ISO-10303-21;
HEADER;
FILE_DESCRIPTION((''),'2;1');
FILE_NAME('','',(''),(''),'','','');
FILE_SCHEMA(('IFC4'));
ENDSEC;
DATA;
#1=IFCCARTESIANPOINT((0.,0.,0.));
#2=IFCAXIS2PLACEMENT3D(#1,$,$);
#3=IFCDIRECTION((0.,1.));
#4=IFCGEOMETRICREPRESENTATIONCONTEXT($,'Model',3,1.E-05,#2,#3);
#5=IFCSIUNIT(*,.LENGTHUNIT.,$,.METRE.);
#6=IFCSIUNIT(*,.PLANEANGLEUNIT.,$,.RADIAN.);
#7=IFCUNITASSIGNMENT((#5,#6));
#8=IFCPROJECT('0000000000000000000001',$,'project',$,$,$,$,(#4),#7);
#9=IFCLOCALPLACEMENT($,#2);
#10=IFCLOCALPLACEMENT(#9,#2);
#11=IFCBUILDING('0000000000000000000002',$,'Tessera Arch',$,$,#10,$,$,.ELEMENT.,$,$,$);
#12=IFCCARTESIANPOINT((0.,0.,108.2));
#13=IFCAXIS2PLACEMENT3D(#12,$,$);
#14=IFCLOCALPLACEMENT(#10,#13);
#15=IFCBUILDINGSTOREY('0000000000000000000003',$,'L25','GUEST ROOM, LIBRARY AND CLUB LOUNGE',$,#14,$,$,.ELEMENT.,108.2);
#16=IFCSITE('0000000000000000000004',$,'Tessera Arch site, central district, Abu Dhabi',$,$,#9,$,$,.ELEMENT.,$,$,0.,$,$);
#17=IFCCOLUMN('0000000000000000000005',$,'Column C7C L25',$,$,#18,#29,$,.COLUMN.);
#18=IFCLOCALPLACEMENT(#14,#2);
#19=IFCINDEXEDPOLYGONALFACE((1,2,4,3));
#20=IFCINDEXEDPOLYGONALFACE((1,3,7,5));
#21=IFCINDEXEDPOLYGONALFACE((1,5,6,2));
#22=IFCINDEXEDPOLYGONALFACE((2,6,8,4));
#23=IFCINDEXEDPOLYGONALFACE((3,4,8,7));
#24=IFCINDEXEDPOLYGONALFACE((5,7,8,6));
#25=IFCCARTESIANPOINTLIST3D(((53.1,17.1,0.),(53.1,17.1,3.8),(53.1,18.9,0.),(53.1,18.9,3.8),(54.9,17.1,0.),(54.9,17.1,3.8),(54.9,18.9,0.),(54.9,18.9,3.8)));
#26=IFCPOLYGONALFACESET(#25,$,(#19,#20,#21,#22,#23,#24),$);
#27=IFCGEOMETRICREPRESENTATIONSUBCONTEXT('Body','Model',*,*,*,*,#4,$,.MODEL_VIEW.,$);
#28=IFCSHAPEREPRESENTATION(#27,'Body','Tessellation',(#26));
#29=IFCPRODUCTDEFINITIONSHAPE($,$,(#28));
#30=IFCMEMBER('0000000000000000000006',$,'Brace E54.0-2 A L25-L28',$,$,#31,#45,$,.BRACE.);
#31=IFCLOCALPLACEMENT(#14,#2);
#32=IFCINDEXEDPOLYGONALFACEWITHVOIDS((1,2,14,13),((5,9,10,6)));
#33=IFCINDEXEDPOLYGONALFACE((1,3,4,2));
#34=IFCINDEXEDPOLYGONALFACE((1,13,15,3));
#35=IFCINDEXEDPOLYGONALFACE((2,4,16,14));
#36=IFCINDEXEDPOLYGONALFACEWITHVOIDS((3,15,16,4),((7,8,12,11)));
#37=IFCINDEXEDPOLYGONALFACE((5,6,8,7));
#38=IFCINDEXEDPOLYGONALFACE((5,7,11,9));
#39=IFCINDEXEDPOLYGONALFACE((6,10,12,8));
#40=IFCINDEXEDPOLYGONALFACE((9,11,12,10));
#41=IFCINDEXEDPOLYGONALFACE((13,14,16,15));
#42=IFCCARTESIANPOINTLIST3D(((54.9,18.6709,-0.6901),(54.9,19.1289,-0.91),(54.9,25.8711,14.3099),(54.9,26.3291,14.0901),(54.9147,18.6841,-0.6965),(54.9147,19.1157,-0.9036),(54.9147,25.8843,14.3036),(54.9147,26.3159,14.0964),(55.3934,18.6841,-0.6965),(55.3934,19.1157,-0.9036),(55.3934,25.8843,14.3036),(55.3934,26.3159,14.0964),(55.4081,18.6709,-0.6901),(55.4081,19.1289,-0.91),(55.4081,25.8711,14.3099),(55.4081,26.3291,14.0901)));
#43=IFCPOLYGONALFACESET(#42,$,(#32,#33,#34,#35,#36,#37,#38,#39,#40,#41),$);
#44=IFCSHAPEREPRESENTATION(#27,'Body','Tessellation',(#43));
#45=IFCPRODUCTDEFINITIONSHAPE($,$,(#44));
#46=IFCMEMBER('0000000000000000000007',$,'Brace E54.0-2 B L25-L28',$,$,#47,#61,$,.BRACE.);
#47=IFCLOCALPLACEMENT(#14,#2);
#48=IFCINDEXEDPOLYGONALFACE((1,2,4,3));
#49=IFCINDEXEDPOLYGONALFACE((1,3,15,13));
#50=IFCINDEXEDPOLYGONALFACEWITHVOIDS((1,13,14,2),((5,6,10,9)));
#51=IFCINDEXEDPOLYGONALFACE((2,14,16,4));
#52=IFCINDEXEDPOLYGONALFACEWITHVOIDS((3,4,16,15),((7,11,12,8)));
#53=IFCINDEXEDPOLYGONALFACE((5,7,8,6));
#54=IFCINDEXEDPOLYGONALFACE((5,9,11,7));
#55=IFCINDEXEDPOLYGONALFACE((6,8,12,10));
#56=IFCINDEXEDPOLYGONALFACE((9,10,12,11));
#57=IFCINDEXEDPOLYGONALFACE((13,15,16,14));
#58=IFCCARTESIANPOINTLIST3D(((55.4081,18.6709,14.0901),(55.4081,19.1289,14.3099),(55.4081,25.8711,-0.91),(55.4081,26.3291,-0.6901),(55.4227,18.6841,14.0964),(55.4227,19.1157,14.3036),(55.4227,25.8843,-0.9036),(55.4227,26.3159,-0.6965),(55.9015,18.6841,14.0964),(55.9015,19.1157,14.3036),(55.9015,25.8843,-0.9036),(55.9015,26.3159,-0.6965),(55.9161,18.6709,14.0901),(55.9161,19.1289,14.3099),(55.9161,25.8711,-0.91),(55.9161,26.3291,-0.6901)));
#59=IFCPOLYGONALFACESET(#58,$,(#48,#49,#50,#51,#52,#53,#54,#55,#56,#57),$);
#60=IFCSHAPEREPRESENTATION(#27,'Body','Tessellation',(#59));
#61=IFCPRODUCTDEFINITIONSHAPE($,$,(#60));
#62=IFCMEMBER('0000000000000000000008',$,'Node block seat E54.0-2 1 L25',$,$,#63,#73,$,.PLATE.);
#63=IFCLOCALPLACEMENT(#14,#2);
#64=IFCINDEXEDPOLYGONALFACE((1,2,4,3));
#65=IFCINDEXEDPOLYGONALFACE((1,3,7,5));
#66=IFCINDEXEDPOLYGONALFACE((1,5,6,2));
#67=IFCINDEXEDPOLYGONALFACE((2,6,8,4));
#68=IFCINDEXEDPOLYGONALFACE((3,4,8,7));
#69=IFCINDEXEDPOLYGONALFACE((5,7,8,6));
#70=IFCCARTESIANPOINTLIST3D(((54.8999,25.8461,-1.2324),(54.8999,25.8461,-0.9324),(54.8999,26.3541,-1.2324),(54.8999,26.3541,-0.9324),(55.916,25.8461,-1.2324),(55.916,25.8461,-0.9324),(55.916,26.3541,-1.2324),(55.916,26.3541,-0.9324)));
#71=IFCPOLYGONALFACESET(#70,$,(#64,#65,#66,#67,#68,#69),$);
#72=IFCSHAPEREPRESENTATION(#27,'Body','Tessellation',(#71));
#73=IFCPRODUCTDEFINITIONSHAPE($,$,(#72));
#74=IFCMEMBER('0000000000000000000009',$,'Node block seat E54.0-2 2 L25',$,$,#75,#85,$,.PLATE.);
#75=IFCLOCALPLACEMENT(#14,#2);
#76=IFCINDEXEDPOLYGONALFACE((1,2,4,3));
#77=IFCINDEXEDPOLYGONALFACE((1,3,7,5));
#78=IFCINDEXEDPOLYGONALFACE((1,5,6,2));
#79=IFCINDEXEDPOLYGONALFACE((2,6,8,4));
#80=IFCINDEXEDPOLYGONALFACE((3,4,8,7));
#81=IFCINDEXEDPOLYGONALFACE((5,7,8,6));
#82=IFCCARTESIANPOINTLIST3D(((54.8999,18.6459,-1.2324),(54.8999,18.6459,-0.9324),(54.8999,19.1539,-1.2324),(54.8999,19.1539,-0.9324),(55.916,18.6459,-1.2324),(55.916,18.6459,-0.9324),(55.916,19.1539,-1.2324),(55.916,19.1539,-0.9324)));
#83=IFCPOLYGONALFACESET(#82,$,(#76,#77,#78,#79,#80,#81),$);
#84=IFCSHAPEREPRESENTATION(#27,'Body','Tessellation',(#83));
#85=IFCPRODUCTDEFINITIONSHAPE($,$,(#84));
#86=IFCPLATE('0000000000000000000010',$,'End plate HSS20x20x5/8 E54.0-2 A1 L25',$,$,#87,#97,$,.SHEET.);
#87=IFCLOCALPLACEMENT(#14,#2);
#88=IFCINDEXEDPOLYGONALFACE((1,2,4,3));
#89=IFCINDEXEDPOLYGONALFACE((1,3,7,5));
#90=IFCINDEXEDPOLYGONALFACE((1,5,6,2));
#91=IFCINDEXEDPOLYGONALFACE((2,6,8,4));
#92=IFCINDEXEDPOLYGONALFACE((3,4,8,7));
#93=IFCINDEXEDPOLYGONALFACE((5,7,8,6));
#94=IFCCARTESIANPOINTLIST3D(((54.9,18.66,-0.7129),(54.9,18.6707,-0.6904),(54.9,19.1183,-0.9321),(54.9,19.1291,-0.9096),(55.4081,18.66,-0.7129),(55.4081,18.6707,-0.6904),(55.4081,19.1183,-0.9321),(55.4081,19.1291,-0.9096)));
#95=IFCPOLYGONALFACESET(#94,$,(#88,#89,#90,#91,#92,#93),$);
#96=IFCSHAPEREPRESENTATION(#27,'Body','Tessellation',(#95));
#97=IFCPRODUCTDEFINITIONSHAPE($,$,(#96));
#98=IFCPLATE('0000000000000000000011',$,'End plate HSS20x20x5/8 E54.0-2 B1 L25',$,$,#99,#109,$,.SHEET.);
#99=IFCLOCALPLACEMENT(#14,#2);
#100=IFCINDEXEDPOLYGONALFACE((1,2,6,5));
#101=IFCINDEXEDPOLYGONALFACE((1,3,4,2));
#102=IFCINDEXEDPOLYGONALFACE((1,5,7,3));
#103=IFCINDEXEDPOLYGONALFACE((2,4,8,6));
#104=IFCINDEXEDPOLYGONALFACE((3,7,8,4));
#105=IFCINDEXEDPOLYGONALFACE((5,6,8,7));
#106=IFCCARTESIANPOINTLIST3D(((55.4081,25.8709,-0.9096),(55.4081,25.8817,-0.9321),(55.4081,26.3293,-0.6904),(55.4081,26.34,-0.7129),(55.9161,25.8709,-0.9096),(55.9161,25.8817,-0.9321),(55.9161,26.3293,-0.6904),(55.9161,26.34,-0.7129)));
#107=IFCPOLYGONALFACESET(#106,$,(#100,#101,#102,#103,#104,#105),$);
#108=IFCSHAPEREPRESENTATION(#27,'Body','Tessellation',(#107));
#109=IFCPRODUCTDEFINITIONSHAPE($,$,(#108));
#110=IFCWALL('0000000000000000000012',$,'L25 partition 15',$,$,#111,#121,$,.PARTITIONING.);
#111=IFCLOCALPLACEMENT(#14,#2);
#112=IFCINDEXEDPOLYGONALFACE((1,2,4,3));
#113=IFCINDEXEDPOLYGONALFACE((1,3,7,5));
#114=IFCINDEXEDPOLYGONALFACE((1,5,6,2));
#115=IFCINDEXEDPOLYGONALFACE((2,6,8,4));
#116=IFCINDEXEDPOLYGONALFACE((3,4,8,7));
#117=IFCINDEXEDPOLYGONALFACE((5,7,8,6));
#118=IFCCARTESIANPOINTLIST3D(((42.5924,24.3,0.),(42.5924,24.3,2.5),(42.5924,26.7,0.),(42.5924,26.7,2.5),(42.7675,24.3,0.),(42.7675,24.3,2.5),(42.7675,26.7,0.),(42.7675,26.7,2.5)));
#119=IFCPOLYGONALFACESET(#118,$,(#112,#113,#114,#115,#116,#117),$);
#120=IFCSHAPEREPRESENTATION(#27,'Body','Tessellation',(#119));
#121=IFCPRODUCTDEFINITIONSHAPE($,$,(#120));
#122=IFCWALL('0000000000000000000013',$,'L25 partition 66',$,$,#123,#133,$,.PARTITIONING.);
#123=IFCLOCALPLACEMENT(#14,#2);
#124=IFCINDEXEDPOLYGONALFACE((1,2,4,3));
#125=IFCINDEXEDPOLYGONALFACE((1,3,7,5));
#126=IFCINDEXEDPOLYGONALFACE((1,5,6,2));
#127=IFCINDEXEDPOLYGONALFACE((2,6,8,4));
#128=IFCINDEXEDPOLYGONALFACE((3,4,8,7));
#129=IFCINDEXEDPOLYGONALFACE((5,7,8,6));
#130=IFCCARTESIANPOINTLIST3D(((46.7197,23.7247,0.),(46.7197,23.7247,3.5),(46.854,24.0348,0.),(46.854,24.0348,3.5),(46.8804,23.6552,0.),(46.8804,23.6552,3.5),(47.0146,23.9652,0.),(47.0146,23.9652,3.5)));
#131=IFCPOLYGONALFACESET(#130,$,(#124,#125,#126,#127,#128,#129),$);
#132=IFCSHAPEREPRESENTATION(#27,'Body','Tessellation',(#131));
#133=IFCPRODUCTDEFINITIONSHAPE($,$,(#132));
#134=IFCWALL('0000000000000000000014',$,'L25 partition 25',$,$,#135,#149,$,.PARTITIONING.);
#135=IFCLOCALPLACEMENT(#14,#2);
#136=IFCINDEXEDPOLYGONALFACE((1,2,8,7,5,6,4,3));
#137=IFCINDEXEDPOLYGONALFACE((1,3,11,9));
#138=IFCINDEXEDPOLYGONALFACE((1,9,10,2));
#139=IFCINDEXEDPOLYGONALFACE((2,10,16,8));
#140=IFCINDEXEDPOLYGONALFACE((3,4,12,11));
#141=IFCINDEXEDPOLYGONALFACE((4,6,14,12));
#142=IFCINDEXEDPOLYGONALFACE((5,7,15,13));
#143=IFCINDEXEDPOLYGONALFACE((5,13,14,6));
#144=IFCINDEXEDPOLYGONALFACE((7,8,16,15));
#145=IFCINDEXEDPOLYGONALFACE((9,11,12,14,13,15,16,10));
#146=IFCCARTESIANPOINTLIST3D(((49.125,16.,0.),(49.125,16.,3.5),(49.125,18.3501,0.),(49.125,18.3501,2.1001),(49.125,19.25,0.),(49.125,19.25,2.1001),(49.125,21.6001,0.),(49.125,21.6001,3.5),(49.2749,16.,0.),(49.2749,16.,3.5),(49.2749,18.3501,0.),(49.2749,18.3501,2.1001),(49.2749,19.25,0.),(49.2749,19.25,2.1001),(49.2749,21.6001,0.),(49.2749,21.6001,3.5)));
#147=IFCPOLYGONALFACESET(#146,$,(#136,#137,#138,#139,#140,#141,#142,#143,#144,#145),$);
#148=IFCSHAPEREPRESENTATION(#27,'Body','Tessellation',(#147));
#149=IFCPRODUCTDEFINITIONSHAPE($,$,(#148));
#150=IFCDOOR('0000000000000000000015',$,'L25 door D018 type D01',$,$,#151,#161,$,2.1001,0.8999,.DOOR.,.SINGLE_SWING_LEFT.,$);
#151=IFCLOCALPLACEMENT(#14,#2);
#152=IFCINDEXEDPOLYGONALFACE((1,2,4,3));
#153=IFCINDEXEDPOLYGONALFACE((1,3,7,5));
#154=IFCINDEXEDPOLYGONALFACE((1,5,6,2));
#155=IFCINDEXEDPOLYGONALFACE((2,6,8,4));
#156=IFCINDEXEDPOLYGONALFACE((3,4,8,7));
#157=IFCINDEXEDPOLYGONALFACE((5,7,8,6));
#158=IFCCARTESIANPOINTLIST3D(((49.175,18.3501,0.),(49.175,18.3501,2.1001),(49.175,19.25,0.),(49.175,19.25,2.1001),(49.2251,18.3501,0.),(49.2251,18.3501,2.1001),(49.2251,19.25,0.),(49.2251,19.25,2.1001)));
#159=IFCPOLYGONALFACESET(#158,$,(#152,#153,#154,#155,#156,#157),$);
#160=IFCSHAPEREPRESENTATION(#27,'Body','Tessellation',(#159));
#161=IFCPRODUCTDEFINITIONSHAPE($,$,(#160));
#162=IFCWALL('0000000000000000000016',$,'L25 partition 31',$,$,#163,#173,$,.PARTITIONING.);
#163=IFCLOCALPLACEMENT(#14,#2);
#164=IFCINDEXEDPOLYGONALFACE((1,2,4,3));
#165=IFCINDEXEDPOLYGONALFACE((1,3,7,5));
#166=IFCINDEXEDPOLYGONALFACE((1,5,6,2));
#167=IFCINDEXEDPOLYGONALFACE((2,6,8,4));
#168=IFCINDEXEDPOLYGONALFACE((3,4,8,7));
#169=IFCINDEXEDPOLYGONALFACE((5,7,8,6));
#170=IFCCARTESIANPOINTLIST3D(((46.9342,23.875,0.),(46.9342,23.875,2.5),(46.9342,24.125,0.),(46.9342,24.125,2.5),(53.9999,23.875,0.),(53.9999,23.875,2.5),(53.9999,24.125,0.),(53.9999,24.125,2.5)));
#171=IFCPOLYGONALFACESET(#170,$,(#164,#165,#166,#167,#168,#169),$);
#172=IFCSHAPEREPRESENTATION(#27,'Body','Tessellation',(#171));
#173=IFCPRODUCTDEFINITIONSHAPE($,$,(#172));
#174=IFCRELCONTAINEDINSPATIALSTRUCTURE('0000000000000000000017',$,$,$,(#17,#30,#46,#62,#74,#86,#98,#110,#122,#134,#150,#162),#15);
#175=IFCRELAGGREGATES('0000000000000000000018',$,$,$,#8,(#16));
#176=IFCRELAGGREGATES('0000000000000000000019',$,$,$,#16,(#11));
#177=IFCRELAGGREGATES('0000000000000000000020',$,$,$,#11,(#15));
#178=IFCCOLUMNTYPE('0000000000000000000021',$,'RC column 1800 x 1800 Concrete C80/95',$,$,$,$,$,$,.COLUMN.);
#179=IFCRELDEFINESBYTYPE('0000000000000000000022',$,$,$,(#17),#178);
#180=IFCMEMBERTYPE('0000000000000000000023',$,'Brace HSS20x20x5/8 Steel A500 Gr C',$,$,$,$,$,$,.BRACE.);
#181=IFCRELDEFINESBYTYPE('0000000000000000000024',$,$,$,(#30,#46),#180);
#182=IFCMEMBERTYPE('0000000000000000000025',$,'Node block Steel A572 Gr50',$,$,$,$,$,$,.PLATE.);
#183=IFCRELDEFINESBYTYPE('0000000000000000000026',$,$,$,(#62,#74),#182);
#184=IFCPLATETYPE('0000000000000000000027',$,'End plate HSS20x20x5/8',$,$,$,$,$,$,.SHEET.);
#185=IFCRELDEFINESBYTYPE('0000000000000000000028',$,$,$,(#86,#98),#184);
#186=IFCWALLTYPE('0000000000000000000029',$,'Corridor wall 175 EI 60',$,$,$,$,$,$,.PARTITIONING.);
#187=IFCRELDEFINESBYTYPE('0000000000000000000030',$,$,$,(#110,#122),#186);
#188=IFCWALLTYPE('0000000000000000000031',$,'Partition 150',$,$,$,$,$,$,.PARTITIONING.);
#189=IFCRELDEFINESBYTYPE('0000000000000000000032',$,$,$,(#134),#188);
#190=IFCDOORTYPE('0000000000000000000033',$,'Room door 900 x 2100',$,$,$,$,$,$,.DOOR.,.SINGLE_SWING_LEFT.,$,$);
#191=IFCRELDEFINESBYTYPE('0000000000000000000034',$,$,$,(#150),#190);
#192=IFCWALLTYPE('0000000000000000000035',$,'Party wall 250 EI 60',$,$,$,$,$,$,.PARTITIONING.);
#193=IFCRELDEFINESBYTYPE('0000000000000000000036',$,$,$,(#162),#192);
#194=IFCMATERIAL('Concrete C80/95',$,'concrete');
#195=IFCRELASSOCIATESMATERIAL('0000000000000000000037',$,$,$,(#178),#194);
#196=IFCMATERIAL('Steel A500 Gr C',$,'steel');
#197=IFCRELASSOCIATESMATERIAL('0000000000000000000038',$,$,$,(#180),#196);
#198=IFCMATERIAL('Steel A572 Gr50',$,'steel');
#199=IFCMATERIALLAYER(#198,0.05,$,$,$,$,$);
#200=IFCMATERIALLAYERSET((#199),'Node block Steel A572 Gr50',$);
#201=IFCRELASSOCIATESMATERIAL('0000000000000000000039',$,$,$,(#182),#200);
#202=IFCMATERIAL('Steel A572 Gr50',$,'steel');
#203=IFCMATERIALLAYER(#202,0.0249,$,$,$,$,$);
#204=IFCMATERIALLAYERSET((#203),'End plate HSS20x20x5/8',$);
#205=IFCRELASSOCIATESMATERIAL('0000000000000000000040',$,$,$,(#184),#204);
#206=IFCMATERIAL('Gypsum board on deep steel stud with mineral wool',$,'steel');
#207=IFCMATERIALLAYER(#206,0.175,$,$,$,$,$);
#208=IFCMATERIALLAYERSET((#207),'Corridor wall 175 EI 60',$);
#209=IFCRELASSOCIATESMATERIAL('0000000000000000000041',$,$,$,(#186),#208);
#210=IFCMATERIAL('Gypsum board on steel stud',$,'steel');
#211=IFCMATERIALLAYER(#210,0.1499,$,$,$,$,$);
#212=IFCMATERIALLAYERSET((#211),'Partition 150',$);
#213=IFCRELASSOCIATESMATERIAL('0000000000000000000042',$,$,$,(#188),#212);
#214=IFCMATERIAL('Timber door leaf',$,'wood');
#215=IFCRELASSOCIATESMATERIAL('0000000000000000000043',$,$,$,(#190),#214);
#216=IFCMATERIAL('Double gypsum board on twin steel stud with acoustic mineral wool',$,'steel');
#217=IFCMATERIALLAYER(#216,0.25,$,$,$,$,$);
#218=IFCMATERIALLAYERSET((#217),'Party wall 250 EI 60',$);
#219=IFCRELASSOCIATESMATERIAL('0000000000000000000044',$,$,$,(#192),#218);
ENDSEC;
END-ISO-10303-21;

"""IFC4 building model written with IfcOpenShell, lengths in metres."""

from ifc_helpers import new_model, si_unit, direction, frame, frame_2d, origin, origin_2d, place, context, subcontext, project, spatial, rectangle, hollow_rectangle, extrude, material, layer, layer_set, material_profile, profile_set, type_object, element, fill, save


model = new_model("IFC4")

# Units and contexts
model_context = context("Model", 3, precision=1e-05, world=origin(), true_north=direction((0.0, 1.0)))
body_context = subcontext(model_context, "Body", "Model", "MODEL_VIEW")
ifc_project = project(units=[si_unit("LENGTHUNIT", "METRE"), si_unit("PLANEANGLEUNIT", "RADIAN")], contexts=[model_context])

# Site, building, storey
site_placement = place(None, origin())
site = spatial("IfcSite", under=ifc_project, at=site_placement, Name="Tessera Arch site, central district, Abu Dhabi", CompositionType="ELEMENT", RefElevation=0.0)
building_placement = place(site_placement, origin())
building = spatial("IfcBuilding", under=site, at=building_placement, Name="Tessera Arch", CompositionType="ELEMENT")
storey_placement = place(building_placement, frame((0.0, 0.0, 108.2)))
storey = spatial("IfcBuildingStorey", under=building, at=storey_placement, Name="L25", Description="GUEST ROOM, LIBRARY AND CLUB LOUNGE", CompositionType="ELEMENT", Elevation=108.2)

# Column
ifc_material_1 = material(Name="Concrete C80/95", Category="concrete")
ifc_material_profile_1 = material_profile(ifc_material_1, rectangle(XDim=1.8, YDim=1.8, at=origin_2d()), Name="RC column 1800 x 1800 Concrete C80/95")
ifc_profile_set_1 = profile_set([ifc_material_profile_1], Name="Concrete C80/95")
column_type = type_object("IfcColumnType", Name="RC column 1800 x 1800 Concrete C80/95", PredefinedType="COLUMN", material=ifc_profile_set_1)
column_placement = place(storey_placement, frame((54.0, 18.0, 0.0), z_axis=(0.0, 0.0, 1.0), x_axis=(1.0, 0.0, 0.0)))
element("IfcColumn", 1, at=column_placement, inside=storey, type_object=column_type, Name="Column C7C L25", PredefinedType="COLUMN", context=body_context, shape_type="SweptSolid", body=[
    extrude(rectangle(XDim=1.8, YDim=1.8, at=origin_2d()), origin(), (0.0, 0.0, 1.0), 3.8),
])

# Members
ifc_material_2 = material(Name="Steel A500 Gr C", Category="steel")
ifc_material_profile_2 = material_profile(ifc_material_2, hollow_rectangle(XDim=0.5081, YDim=0.5081, WallThickness=0.0146, at=origin_2d()), Name="HSS20x20x5/8")
ifc_profile_set_2 = profile_set([ifc_material_profile_2], Name="Steel A500 Gr C")
member_type_1 = type_object("IfcMemberType", Name="Brace HSS20x20x5/8 Steel A500 Gr C", PredefinedType="BRACE", material=ifc_profile_set_2)
for number, where, z_axis, x_axis, name in (
    (2, (55.1541, 18.8999, -0.8), (0.0, 0.432741, 0.901518), (-1.0, 0.0, 0.0), "Brace E54.0-2 A L25-L28"),
    (3, (55.6621, 26.1001, -0.8), (0.0, -0.432741, 0.901518), (1.0, 0.0, 0.0), "Brace E54.0-2 B L25-L28"),
):
    element("IfcMember", number, at=place(storey_placement, frame(where, z_axis=z_axis, x_axis=x_axis)), inside=storey, type_object=member_type_1, Name=name, PredefinedType="BRACE", context=body_context, shape_type="SweptSolid", body=[
        extrude(hollow_rectangle(XDim=0.5081, YDim=0.5081, WallThickness=0.0146, at=origin_2d()), origin(), (0.0, 0.0, 1.0), 16.6387),
    ])
ifc_material_3 = material(Name="Steel A572 Gr50", Category="steel")
ifc_layer_1 = layer(ifc_material_3, 0.05)
ifc_layer_set_1 = layer_set([ifc_layer_1], Name="Node block Steel A572 Gr50")
member_type_2 = type_object("IfcMemberType", Name="Node block Steel A572 Gr50", PredefinedType="PLATE", material=ifc_layer_set_1)
for number, where, z_axis, x_axis, name in (
    (4, (55.408, 26.1001, -1.2324), (0.0, 0.0, 1.0), (0.0, 1.0, 0.0), "Node block seat E54.0-2 1 L25"),
    (5, (55.408, 18.8999, -1.2324), (0.0, 0.0, 1.0), (0.0, 1.0, 0.0), "Node block seat E54.0-2 2 L25"),
):
    element("IfcMember", number, at=place(storey_placement, frame(where, z_axis=z_axis, x_axis=x_axis)), inside=storey, type_object=member_type_2, Name=name, PredefinedType="PLATE", context=body_context, shape_type="SweptSolid", body=[
        extrude(rectangle(XDim=0.5081, YDim=1.0161, at=origin_2d()), origin(), (0.0, 0.0, 1.0), 0.3),
    ])

# Plates
ifc_material_4 = material(Name="Steel A572 Gr50", Category="steel")
ifc_layer_2 = layer(ifc_material_4, 0.0249)
ifc_layer_set_2 = layer_set([ifc_layer_2], Name="End plate HSS20x20x5/8")
plate_type = type_object("IfcPlateType", Name="End plate HSS20x20x5/8", PredefinedType="SHEET", material=ifc_layer_set_2)
for number, where, z_axis, x_axis, name in (
    (6, (55.1541, 18.8892, -0.8225), (0.0, 0.431455, 0.902134), (-1.0, 0.0, 0.0), "End plate HSS20x20x5/8 E54.0-2 A1 L25"),
    (7, (55.6621, 26.1108, -0.8225), (0.0, -0.431455, 0.902134), (1.0, 0.0, 0.0), "End plate HSS20x20x5/8 E54.0-2 B1 L25"),
):
    element("IfcPlate", number, at=place(storey_placement, frame(where, z_axis=z_axis, x_axis=x_axis)), inside=storey, type_object=plate_type, Name=name, PredefinedType="SHEET", context=body_context, shape_type="SweptSolid", body=[
        extrude(rectangle(XDim=0.5081, YDim=0.5081, at=origin_2d()), origin(), (0.0, 0.0, 1.0), 0.0249),
    ])

# Walls
ifc_material_5 = material(Name="Gypsum board on deep steel stud with mineral wool", Category="steel")
ifc_layer_3 = layer(ifc_material_5, 0.175)
ifc_layer_set_3 = layer_set([ifc_layer_3], Name="Corridor wall 175 EI 60")
wall_type_1 = type_object("IfcWallType", Name="Corridor wall 175 EI 60", PredefinedType="PARTITIONING", material=ifc_layer_set_3)
wall_1_placement = place(storey_placement, frame((42.6799, 24.3, 0.0), z_axis=(0.0, 0.0, 1.0), x_axis=(0.0, 1.0, 0.0)))
element("IfcWall", 8, at=wall_1_placement, inside=storey, type_object=wall_type_1, Name="L25 partition 15", PredefinedType="PARTITIONING", context=body_context, shape_type="SweptSolid", body=[
    extrude(rectangle(XDim=2.3999, YDim=0.175, at=frame_2d((1.2, 0.0))), origin(), (0.0, 0.0, 1.0), 2.5),
])
wall_2_placement = place(storey_placement, frame((46.9343, 24.0, 0.0), z_axis=(0.0, 0.0, 1.0), x_axis=(-0.397405, -0.917643, 0.0)))
element("IfcWall", 9, at=wall_2_placement, inside=storey, type_object=wall_type_1, Name="L25 partition 66", PredefinedType="PARTITIONING", context=body_context, shape_type="SweptSolid", body=[
    extrude(rectangle(XDim=0.3379, YDim=0.175, at=frame_2d((0.1689, 0.0))), origin(), (0.0, 0.0, 1.0), 3.5),
])

# Wall, opening, door
ifc_material_6 = material(Name="Gypsum board on steel stud", Category="steel")
ifc_layer_4 = layer(ifc_material_6, 0.1499)
ifc_layer_set_4 = layer_set([ifc_layer_4], Name="Partition 150")
wall_type_2 = type_object("IfcWallType", Name="Partition 150", PredefinedType="PARTITIONING", material=ifc_layer_set_4)
wall_3_placement = place(storey_placement, frame((49.2, 16.0, 0.0), z_axis=(0.0, 0.0, 1.0), x_axis=(0.0, 1.0, 0.0)))
wall_3 = element("IfcWall", 10, at=wall_3_placement, inside=storey, type_object=wall_type_2, Name="L25 partition 25", PredefinedType="PARTITIONING", context=body_context, shape_type="SweptSolid", body=[
    extrude(rectangle(XDim=5.6001, YDim=0.1499, at=frame_2d((2.8, 0.0))), origin(), (0.0, 0.0, 1.0), 3.5),
])
opening_1_placement = place(wall_3_placement, frame((2.3501, 0.0, 0.0)))
opening_1 = element("IfcOpeningElement", 11, at=opening_1_placement, cuts=wall_3, PredefinedType="OPENING", context=body_context, shape_type="SweptSolid", body=[
    extrude(rectangle(XDim=0.8999, YDim=2.1001, at=frame_2d((0.45, 1.05))), frame((0.0, 0.085, 0.0), z_axis=(0.0, -1.0, 0.0), x_axis=(1.0, 0.0, 0.0)), (0.0, 0.0, 1.0), 0.1699),
])
ifc_material_7 = material(Name="Timber door leaf", Category="wood")
door_type_1 = type_object("IfcDoorType", Name="Room door 900 x 2100", OperationType="SINGLE_SWING_LEFT", PredefinedType="DOOR", material=ifc_material_7)
door_1_placement = place(opening_1_placement, origin())
door_1 = element("IfcDoor", 12, at=door_1_placement, inside=storey, type_object=door_type_1, Name="L25 door D018 type D01", OperationType="SINGLE_SWING_LEFT", OverallHeight=2.1001, OverallWidth=0.8999, PredefinedType="DOOR", context=body_context, shape_type="SweptSolid", body=[
    extrude(rectangle(XDim=0.8999, YDim=2.1001, at=frame_2d((0.45, 1.05))), frame((0.0, 0.0249, 0.0), z_axis=(0.0, -1.0, 0.0), x_axis=(1.0, 0.0, 0.0)), (0.0, 0.0, 1.0), 0.05),
])
fill(opening_1, door_1)

# Wall
ifc_material_8 = material(Name="Double gypsum board on twin steel stud with acoustic mineral wool", Category="steel")
ifc_layer_5 = layer(ifc_material_8, 0.25)
ifc_layer_set_5 = layer_set([ifc_layer_5], Name="Party wall 250 EI 60")
wall_type_3 = type_object("IfcWallType", Name="Party wall 250 EI 60", PredefinedType="PARTITIONING", material=ifc_layer_set_5)
wall_4_placement = place(storey_placement, frame((46.9343, 24.0, 0.0), z_axis=(0.0, 0.0, 1.0), x_axis=(1.0, 0.0, 0.0)))
element("IfcWall", 13, at=wall_4_placement, inside=storey, type_object=wall_type_3, Name="L25 partition 31", PredefinedType="PARTITIONING", context=body_context, shape_type="SweptSolid", body=[
    extrude(rectangle(XDim=7.0657, YDim=0.25, at=frame_2d((3.5327, 0.0))), origin(), (0.0, 0.0, 1.0), 2.5),
])

save(model, "model.ifc")
